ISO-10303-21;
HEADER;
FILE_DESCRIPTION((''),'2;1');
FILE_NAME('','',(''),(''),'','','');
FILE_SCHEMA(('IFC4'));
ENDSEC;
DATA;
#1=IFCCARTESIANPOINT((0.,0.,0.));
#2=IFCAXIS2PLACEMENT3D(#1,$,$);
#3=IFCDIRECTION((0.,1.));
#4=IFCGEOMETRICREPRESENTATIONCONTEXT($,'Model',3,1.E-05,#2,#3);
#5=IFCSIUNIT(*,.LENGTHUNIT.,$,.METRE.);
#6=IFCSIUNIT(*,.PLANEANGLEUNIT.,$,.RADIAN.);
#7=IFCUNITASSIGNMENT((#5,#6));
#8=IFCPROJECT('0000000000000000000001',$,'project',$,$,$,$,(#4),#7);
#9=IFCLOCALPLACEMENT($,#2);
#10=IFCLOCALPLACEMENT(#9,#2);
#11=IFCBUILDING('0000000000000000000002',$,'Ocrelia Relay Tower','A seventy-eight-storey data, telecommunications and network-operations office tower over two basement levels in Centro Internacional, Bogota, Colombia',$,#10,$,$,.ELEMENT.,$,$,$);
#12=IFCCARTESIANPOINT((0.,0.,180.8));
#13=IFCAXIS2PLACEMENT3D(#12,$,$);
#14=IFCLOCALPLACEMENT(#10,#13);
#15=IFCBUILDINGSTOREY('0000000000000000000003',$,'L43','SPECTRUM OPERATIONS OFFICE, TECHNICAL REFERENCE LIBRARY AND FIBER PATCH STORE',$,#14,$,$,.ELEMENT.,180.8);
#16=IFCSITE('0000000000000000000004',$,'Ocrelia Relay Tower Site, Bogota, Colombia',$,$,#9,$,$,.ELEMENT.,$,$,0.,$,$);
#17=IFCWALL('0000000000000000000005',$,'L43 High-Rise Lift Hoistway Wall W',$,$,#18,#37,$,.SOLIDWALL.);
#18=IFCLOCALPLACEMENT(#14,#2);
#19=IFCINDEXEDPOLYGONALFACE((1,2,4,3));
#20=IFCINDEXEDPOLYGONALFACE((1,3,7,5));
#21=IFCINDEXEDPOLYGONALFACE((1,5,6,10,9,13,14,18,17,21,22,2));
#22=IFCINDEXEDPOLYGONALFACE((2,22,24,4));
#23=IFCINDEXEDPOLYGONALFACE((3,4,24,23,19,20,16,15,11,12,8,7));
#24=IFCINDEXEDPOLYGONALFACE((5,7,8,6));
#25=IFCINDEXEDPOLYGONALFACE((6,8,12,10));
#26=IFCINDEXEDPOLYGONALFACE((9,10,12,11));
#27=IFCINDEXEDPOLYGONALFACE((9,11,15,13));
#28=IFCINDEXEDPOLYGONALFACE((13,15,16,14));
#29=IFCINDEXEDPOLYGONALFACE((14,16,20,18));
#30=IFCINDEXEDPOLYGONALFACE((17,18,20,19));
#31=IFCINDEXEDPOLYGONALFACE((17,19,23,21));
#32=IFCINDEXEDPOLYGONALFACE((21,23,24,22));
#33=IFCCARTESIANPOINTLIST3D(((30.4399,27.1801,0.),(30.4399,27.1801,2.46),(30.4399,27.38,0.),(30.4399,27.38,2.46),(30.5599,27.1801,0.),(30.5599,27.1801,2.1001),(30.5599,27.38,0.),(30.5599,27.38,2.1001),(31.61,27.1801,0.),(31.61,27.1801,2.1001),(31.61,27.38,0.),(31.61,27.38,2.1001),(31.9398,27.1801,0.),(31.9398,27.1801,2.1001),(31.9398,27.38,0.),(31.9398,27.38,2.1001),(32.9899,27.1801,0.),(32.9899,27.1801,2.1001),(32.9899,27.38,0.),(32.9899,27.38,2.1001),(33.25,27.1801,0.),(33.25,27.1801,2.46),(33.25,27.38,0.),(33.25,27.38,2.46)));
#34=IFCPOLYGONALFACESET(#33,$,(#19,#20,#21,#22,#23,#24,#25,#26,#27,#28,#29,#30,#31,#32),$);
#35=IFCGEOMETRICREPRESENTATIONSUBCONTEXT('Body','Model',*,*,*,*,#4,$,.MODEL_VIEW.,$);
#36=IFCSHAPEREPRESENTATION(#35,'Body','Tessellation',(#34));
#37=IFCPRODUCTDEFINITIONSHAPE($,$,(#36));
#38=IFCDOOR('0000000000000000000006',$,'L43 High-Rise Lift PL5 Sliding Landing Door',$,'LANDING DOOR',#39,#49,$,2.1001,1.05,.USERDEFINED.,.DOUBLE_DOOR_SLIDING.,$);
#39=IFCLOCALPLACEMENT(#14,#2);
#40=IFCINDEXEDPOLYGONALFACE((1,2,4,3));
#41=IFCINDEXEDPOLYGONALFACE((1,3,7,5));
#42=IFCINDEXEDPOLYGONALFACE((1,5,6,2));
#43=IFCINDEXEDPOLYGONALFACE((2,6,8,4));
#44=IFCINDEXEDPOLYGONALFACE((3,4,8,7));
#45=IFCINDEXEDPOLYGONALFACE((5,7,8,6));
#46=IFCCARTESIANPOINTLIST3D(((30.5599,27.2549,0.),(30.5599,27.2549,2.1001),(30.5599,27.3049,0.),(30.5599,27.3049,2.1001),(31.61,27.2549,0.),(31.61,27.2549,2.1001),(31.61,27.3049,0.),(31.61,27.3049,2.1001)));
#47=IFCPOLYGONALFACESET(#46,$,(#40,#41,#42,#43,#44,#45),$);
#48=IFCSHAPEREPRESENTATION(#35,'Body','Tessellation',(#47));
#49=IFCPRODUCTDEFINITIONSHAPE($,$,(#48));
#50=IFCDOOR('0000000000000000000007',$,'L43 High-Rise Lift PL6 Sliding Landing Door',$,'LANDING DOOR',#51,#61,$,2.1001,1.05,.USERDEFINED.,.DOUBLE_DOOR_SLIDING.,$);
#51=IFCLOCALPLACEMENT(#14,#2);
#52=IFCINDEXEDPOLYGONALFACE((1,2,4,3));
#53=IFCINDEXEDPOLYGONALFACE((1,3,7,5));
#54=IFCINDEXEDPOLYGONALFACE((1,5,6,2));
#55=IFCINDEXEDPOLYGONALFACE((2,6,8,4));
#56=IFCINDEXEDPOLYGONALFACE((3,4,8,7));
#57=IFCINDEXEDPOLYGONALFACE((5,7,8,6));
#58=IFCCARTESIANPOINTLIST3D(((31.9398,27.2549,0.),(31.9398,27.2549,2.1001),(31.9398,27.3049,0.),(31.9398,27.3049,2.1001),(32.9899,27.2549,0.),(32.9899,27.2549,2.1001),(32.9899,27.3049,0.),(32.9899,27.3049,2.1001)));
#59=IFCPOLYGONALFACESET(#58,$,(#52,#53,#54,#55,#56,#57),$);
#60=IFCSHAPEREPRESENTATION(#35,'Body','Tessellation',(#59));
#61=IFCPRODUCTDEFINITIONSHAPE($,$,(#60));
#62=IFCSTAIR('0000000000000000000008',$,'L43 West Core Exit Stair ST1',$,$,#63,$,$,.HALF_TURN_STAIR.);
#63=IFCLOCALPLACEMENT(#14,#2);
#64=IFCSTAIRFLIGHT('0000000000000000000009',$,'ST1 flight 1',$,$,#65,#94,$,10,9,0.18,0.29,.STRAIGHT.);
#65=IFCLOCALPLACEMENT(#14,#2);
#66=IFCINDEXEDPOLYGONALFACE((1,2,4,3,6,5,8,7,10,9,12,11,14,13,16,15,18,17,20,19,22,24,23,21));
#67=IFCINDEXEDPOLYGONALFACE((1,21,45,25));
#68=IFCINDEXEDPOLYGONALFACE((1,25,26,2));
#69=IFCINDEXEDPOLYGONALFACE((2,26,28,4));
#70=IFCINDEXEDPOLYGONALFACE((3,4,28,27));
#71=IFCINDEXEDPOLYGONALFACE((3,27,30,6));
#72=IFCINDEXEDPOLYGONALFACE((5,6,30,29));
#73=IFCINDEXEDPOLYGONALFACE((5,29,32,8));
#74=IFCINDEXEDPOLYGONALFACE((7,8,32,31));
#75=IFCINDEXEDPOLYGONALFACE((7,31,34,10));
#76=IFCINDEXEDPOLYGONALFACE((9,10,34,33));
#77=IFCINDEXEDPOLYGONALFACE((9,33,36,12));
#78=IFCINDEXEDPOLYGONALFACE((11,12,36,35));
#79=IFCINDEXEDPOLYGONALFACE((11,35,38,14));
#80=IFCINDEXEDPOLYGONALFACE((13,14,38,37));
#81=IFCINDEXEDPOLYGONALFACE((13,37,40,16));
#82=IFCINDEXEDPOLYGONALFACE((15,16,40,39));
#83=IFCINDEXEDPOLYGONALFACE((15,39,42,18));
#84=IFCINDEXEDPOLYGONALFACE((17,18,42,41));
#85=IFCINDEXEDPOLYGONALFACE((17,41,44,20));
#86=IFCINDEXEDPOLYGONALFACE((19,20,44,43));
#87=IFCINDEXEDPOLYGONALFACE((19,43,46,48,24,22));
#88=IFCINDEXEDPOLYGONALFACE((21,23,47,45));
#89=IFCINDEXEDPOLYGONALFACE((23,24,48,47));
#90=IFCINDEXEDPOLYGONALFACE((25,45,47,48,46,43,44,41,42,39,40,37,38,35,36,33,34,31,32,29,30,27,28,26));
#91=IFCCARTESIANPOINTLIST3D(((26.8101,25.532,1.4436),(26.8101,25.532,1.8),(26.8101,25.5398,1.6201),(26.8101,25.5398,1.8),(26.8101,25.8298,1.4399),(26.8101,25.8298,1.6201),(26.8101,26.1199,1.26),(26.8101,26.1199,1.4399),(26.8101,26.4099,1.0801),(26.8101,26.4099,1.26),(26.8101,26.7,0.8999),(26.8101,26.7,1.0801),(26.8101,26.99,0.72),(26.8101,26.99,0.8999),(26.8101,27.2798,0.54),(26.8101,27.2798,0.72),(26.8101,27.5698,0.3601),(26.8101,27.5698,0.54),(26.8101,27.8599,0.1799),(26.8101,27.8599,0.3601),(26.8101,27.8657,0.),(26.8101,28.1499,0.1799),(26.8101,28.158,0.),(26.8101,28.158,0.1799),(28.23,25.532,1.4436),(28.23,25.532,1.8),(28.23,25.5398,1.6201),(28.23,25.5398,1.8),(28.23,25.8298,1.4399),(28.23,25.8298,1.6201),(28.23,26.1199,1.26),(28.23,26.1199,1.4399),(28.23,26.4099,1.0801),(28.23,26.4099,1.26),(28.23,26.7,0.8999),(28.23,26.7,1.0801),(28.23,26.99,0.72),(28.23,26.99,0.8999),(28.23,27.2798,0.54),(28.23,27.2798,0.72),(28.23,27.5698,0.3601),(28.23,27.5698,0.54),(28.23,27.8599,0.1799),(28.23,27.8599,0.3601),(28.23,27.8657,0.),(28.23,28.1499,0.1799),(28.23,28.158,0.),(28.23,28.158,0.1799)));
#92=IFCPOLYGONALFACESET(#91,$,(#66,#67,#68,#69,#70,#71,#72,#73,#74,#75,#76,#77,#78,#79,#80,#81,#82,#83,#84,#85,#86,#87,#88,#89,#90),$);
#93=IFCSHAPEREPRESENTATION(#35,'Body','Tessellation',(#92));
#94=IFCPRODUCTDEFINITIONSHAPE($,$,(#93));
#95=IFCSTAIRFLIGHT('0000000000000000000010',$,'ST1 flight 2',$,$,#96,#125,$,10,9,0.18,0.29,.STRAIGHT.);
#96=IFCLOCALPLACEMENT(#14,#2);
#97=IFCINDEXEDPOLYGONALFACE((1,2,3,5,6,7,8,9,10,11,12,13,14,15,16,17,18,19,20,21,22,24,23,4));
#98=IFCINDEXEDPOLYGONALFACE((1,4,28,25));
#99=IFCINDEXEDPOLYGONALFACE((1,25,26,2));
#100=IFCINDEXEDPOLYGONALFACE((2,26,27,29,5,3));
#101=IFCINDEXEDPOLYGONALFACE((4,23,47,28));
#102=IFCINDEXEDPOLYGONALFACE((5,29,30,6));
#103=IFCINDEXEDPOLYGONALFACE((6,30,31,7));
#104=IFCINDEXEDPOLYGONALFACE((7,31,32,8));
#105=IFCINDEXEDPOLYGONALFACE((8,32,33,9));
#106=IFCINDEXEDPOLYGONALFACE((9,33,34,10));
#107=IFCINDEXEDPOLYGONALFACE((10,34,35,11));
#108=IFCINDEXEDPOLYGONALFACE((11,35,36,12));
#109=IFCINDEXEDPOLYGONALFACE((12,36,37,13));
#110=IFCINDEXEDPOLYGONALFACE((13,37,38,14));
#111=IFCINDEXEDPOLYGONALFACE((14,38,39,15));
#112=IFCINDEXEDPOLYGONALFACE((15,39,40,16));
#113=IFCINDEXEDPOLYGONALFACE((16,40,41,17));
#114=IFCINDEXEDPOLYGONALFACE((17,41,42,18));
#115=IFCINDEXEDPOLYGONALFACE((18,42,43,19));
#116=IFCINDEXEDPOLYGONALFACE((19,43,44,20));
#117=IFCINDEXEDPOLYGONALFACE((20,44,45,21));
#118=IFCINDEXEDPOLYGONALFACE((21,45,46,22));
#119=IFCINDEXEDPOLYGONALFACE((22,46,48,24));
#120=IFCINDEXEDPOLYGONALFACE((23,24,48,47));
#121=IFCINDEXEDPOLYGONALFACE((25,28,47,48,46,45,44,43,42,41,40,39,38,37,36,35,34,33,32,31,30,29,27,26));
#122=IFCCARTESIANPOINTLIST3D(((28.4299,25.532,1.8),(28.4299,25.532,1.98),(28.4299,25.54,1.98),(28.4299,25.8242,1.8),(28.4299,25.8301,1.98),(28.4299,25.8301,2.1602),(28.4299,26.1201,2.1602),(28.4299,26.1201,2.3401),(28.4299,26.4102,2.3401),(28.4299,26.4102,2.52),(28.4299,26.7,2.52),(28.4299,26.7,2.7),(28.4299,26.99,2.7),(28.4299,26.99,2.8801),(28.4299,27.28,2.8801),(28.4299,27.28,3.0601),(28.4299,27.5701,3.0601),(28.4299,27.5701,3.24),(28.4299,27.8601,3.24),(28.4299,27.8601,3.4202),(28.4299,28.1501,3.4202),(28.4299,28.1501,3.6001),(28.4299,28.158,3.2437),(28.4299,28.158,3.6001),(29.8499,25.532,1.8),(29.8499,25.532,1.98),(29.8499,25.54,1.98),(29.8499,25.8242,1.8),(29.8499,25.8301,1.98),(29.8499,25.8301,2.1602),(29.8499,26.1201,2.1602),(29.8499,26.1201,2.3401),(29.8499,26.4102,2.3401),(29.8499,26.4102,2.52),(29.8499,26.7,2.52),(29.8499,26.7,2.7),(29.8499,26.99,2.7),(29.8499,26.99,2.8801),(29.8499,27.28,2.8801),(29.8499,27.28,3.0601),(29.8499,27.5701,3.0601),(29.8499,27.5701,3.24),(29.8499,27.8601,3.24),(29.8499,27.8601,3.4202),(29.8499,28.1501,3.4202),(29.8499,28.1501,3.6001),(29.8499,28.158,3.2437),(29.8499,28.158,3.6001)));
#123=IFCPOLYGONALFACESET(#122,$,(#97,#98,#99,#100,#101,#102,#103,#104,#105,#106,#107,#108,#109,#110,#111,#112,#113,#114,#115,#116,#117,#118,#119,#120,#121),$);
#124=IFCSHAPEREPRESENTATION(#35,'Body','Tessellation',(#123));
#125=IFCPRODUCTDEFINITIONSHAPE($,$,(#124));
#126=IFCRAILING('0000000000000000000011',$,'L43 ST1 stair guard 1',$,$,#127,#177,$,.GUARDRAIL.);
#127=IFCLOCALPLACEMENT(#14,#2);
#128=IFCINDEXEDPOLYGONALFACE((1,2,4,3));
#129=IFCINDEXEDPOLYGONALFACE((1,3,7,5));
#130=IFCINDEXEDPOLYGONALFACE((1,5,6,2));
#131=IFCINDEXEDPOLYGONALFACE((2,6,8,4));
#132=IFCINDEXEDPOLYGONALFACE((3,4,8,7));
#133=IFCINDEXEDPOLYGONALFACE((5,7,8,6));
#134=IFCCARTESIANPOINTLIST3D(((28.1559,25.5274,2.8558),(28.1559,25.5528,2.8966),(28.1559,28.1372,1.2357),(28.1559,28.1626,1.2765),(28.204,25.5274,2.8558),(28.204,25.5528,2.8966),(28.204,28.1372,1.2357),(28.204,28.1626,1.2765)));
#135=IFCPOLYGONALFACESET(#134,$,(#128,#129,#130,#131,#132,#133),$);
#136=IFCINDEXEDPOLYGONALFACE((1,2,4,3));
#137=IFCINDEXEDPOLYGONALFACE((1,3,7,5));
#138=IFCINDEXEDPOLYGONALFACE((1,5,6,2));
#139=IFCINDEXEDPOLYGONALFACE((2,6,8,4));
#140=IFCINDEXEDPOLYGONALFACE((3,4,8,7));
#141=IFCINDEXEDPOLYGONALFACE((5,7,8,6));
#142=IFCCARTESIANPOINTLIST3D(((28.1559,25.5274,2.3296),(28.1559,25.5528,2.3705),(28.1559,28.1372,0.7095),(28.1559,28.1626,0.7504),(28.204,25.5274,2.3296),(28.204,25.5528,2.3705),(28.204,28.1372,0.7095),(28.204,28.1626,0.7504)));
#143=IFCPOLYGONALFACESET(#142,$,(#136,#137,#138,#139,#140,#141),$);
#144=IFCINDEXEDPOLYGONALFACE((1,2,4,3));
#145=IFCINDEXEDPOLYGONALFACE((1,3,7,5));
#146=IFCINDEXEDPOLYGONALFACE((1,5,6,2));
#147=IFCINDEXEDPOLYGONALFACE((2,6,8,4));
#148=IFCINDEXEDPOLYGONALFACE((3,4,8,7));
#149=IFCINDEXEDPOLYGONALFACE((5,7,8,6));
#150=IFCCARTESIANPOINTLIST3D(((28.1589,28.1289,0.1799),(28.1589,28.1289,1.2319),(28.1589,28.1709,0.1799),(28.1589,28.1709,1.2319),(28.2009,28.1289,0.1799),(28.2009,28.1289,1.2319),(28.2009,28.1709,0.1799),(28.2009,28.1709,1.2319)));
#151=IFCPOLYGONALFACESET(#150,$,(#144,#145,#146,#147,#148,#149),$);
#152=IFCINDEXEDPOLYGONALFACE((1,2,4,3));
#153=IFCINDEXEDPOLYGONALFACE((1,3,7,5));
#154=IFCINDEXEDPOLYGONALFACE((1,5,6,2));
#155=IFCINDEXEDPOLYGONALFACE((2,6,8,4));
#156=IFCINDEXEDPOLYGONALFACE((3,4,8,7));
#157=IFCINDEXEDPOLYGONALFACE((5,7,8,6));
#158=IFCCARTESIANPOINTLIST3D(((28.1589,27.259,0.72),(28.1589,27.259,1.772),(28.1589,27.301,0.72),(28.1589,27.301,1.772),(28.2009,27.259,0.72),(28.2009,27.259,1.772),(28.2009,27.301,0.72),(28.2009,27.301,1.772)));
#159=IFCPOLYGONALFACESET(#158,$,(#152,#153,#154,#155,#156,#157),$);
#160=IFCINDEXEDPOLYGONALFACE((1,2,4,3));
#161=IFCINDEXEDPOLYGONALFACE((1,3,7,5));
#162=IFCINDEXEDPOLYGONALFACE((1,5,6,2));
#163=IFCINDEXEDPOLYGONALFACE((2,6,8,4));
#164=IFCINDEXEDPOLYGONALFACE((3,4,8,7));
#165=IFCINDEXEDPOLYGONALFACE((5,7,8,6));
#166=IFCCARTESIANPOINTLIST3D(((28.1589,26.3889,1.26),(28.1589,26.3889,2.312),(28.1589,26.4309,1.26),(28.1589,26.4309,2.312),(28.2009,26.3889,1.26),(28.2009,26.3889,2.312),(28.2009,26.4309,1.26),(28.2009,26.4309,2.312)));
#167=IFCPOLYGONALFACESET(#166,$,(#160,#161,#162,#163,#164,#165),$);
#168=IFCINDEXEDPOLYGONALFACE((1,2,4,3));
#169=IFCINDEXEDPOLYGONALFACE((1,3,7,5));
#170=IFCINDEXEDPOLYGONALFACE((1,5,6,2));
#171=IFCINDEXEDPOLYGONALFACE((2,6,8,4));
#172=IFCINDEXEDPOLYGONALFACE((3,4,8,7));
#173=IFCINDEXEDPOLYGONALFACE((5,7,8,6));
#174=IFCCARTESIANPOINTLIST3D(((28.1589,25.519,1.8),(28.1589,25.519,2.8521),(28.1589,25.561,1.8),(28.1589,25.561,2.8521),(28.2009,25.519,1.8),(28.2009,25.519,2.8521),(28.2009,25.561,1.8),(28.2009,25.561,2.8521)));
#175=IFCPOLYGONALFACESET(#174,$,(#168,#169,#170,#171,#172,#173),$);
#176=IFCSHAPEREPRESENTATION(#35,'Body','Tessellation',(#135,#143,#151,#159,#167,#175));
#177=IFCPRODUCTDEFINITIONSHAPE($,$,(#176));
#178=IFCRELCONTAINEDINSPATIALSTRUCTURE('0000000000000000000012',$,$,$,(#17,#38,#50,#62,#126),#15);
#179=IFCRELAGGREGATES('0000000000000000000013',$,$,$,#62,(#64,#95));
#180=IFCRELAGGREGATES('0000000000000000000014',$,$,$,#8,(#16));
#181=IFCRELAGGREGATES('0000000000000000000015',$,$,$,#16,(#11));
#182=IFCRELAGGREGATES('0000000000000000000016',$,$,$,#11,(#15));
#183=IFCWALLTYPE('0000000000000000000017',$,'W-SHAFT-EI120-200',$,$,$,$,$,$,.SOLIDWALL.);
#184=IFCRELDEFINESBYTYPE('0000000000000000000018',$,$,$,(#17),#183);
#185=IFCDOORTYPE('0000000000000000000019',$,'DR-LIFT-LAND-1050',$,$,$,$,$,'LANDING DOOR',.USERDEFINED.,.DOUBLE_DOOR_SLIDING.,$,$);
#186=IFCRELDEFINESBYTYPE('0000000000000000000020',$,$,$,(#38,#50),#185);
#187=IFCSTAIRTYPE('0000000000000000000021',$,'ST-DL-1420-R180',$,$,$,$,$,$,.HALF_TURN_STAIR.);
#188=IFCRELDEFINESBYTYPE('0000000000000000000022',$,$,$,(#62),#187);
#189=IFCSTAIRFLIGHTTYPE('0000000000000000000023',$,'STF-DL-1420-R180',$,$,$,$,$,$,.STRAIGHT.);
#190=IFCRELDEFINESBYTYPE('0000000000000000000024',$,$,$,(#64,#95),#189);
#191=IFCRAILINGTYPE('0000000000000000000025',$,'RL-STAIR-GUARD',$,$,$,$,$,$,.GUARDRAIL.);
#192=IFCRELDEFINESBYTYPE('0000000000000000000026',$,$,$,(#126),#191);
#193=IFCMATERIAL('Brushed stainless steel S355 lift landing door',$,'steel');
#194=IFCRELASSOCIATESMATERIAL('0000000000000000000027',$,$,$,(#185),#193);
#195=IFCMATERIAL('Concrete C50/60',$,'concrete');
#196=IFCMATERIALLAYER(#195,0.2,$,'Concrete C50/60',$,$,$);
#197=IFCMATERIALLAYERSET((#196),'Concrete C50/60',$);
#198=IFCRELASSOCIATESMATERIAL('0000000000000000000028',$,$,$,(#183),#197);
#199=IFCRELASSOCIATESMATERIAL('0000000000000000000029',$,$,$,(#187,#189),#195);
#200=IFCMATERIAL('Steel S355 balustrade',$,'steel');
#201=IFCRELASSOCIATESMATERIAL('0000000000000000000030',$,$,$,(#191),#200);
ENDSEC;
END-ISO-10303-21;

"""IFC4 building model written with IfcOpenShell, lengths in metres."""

from ifc_helpers import new_model, si_unit, direction, frame, frame_2d, origin, origin_2d, place, context, subcontext, project, spatial, polyline, rectangle, outline, extrude, material, layer, layer_set, type_object, element, fill, aggregate, save


model = new_model("IFC4")

# Units and contexts
model_context = context("Model", 3, precision=1e-05, world=origin(), true_north=direction((0.0, 1.0)))
body_context = subcontext(model_context, "Body", "Model", "MODEL_VIEW")
ifc_project = project(units=[si_unit("LENGTHUNIT", "METRE"), si_unit("PLANEANGLEUNIT", "RADIAN")], contexts=[model_context])

# Site, building, storey
site_placement = place(None, origin())
site = spatial("IfcSite", under=ifc_project, at=site_placement, Name="Ocrelia Relay Tower Site, Bogota, Colombia", CompositionType="ELEMENT", RefElevation=0.0)
building_placement = place(site_placement, origin())
building = spatial("IfcBuilding", under=site, at=building_placement, Name="Ocrelia Relay Tower", Description="A seventy-eight-storey data, telecommunications and network-operations office tower over two basement levels in Centro Internacional, Bogota, Colombia", CompositionType="ELEMENT")
storey_placement = place(building_placement, frame((0.0, 0.0, 180.8)))
storey = spatial("IfcBuildingStorey", under=building, at=storey_placement, Name="L43", Description="SPECTRUM OPERATIONS OFFICE, TECHNICAL REFERENCE LIBRARY AND FIBER PATCH STORE", CompositionType="ELEMENT", Elevation=180.8)

# Shared definitions
ifc_material_1 = material(Name="Concrete C50/60", Category="concrete")

# Shared definitions
ifc_material_2 = material(Name="Brushed stainless steel S355 lift landing door", Category="steel")
door_type_1 = type_object("IfcDoorType", Name="DR-LIFT-LAND-1050", ElementType="LANDING DOOR", OperationType="DOUBLE_DOOR_SLIDING", PredefinedType="USERDEFINED", material=ifc_material_2)

# Shared definitions
ifc_layer_1 = layer(ifc_material_1, 0.2, Name="Concrete C50/60")
ifc_layer_set_1 = layer_set([ifc_layer_1], Name="Concrete C50/60")
wall_type_1 = type_object("IfcWallType", Name="W-SHAFT-EI120-200", PredefinedType="SOLIDWALL", material=ifc_layer_set_1)

# Wall, openings, doors
wall_1_placement = place(storey_placement, frame((30.4399, 27.28, 0.0), z_axis=(0.0, 0.0, 1.0), x_axis=(1.0, 0.0, 0.0)))
wall_1 = element("IfcWall", 1, at=wall_1_placement, inside=storey, type_object=wall_type_1, Name="L43 High-Rise Lift Hoistway Wall W", PredefinedType="SOLIDWALL", context=body_context, shape_type="SweptSolid", body=[
    extrude(rectangle(XDim=2.8101, YDim=0.2, at=frame_2d((1.405, 0.0))), origin(), (0.0, 0.0, 1.0), 2.46),
])
opening_1_placement = place(wall_1_placement, frame((0.1201, 0.0, 0.0)))
opening_1 = element("IfcOpeningElement", 2, at=opening_1_placement, cuts=wall_1, PredefinedType="OPENING", context=body_context, shape_type="SweptSolid", body=[
    extrude(rectangle(XDim=1.05, YDim=2.1001, at=frame_2d((0.5249, 1.05))), frame((0.0, 0.1099, 0.0), z_axis=(0.0, -1.0, 0.0), x_axis=(1.0, 0.0, 0.0)), (0.0, 0.0, 1.0), 0.22),
])
opening_2_placement = place(wall_1_placement, frame((1.5, 0.0, 0.0)))
opening_2 = element("IfcOpeningElement", 3, at=opening_2_placement, cuts=wall_1, PredefinedType="OPENING", context=body_context, shape_type="SweptSolid", body=[
    extrude(rectangle(XDim=1.05, YDim=2.1001, at=frame_2d((0.5249, 1.05))), frame((0.0, 0.1099, 0.0), z_axis=(0.0, -1.0, 0.0), x_axis=(1.0, 0.0, 0.0)), (0.0, 0.0, 1.0), 0.22),
])
door_1_placement = place(opening_1_placement, origin())
door_1 = element("IfcDoor", 4, at=door_1_placement, inside=storey, type_object=door_type_1, Name="L43 High-Rise Lift PL5 Sliding Landing Door", ObjectType="LANDING DOOR", OperationType="DOUBLE_DOOR_SLIDING", OverallHeight=2.1001, OverallWidth=1.05, PredefinedType="USERDEFINED", context=body_context, shape_type="SweptSolid", body=[
    extrude(rectangle(XDim=1.05, YDim=2.1001, at=frame_2d((0.5249, 1.05))), frame((0.0, 0.0249, 0.0), z_axis=(0.0, -1.0, 0.0), x_axis=(1.0, 0.0, 0.0)), (0.0, 0.0, 1.0), 0.05),
])
fill(opening_1, door_1)
door_2_placement = place(opening_2_placement, origin())
door_2 = element("IfcDoor", 5, at=door_2_placement, inside=storey, type_object=door_type_1, Name="L43 High-Rise Lift PL6 Sliding Landing Door", ObjectType="LANDING DOOR", OperationType="DOUBLE_DOOR_SLIDING", OverallHeight=2.1001, OverallWidth=1.05, PredefinedType="USERDEFINED", context=body_context, shape_type="SweptSolid", body=[
    extrude(rectangle(XDim=1.05, YDim=2.1001, at=frame_2d((0.5249, 1.05))), frame((0.0, 0.0249, 0.0), z_axis=(0.0, -1.0, 0.0), x_axis=(1.0, 0.0, 0.0)), (0.0, 0.0, 1.0), 0.05),
])
fill(opening_2, door_2)

# Stair, stair flights
stair_type = type_object("IfcStairType", Name="ST-DL-1420-R180", PredefinedType="HALF_TURN_STAIR", material=ifc_material_1)
stair_placement = place(storey_placement, origin())
stair = element("IfcStair", 6, at=stair_placement, inside=storey, type_object=stair_type, Name="L43 West Core Exit Stair ST1", PredefinedType="HALF_TURN_STAIR")
stair_flight_type = type_object("IfcStairFlightType", Name="STF-DL-1420-R180", PredefinedType="STRAIGHT", material=ifc_material_1)
stair_flight_1_placement = place(storey_placement, frame((27.52, 28.1499, 0.0), z_axis=(0.0, 0.0, 1.0), x_axis=(0.0, -1.0, 0.0)))
stair_flight_1 = element("IfcStairFlight", 7, at=stair_flight_1_placement, type_object=stair_flight_type, Name="ST1 flight 1", NumberOfRisers=10, NumberOfTreads=9, PredefinedType="STRAIGHT", RiserHeight=0.18, TreadLength=0.29, context=body_context, shape_type="SweptSolid", body=[
    extrude(outline(polyline([(-0.0081, 0.0), (-0.0081, 0.1799), (0.0, 0.1799), (0.29, 0.1799), (0.29, 0.3601), (0.5801, 0.3601), (0.5801, 0.54), (0.8701, 0.54), (0.8701, 0.72), (1.1599, 0.72), (1.1599, 0.8999), (1.45, 0.8999), (1.45, 1.0801), (1.74, 1.0801), (1.74, 1.26), (2.03, 1.26), (2.03, 1.4399), (2.3201, 1.4399), (2.3201, 1.6201), (2.6101, 1.6201), (2.6101, 1.8), (2.6179, 1.8), (2.6179, 1.4436), (0.2842, 0.0), (-0.0081, 0.0)])), frame((0.0, 0.71, 0.0), z_axis=(0.0, -1.0, 0.0), x_axis=(1.0, 0.0, 0.0)), (0.0, 0.0, 1.0), 1.4199),
])
stair_flight_2_placement = place(storey_placement, frame((29.1399, 25.54, 1.8), z_axis=(0.0, 0.0, 1.0), x_axis=(0.0, 1.0, 0.0)))
stair_flight_2 = element("IfcStairFlight", 8, at=stair_flight_2_placement, type_object=stair_flight_type, Name="ST1 flight 2", NumberOfRisers=10, NumberOfTreads=9, PredefinedType="STRAIGHT", RiserHeight=0.18, TreadLength=0.29, context=body_context, shape_type="SweptSolid", body=[
    extrude(outline(polyline([(-0.0081, 0.0), (-0.0081, 0.1799), (0.0, 0.1799), (0.29, 0.1799), (0.29, 0.3601), (0.5801, 0.3601), (0.5801, 0.54), (0.8701, 0.54), (0.8701, 0.72), (1.1599, 0.72), (1.1599, 0.8999), (1.45, 0.8999), (1.45, 1.0801), (1.74, 1.0801), (1.74, 1.26), (2.03, 1.26), (2.03, 1.4399), (2.3201, 1.4399), (2.3201, 1.6201), (2.6101, 1.6201), (2.6101, 1.8), (2.6179, 1.8), (2.6179, 1.4436), (0.2842, 0.0), (-0.0081, 0.0)])), frame((0.0, 0.71, 0.0), z_axis=(0.0, -1.0, 0.0), x_axis=(1.0, 0.0, 0.0)), (0.0, 0.0, 1.0), 1.4199),
])
aggregate(stair, [stair_flight_1, stair_flight_2])

# Railing
ifc_material_3 = material(Name="Steel S355 balustrade", Category="steel")
railing_type_1 = type_object("IfcRailingType", Name="RL-STAIR-GUARD", PredefinedType="GUARDRAIL", material=ifc_material_3)
railing_1_placement = place(storey_placement, frame((28.1799, 28.1499, 0.1799)))
element("IfcRailing", 9, at=railing_1_placement, inside=storey, type_object=railing_type_1, Name="L43 ST1 stair guard 1", PredefinedType="GUARDRAIL", context=body_context, shape_type="SweptSolid", body=[
    extrude(rectangle(XDim=0.0481, YDim=0.0481, at=origin_2d()), frame((0.0, 0.0, 1.0762), z_axis=(0.0, -0.849611, 0.52741), x_axis=(1.0, 0.0, 0.0)), (0.0, 0.0, 1.0), 3.0718),
    extrude(rectangle(XDim=0.0481, YDim=0.0481, at=origin_2d()), frame((0.0, 0.0, 0.55), z_axis=(0.0, -0.849611, 0.52741), x_axis=(1.0, 0.0, 0.0)), (0.0, 0.0, 1.0), 3.0718),
    extrude(rectangle(XDim=0.042, YDim=0.042, at=origin_2d()), origin(), (0.0, 0.0, 1.0), 1.052),
    extrude(rectangle(XDim=0.042, YDim=0.042, at=origin_2d()), frame((0.0, -0.8699, 0.54)), (0.0, 0.0, 1.0), 1.052),
    extrude(rectangle(XDim=0.042, YDim=0.042, at=origin_2d()), frame((0.0, -1.74, 1.0801)), (0.0, 0.0, 1.0), 1.052),
    extrude(rectangle(XDim=0.042, YDim=0.042, at=origin_2d()), frame((0.0, -2.6099, 1.6201)), (0.0, 0.0, 1.0), 1.052),
])

save(model, "model.ifc")
